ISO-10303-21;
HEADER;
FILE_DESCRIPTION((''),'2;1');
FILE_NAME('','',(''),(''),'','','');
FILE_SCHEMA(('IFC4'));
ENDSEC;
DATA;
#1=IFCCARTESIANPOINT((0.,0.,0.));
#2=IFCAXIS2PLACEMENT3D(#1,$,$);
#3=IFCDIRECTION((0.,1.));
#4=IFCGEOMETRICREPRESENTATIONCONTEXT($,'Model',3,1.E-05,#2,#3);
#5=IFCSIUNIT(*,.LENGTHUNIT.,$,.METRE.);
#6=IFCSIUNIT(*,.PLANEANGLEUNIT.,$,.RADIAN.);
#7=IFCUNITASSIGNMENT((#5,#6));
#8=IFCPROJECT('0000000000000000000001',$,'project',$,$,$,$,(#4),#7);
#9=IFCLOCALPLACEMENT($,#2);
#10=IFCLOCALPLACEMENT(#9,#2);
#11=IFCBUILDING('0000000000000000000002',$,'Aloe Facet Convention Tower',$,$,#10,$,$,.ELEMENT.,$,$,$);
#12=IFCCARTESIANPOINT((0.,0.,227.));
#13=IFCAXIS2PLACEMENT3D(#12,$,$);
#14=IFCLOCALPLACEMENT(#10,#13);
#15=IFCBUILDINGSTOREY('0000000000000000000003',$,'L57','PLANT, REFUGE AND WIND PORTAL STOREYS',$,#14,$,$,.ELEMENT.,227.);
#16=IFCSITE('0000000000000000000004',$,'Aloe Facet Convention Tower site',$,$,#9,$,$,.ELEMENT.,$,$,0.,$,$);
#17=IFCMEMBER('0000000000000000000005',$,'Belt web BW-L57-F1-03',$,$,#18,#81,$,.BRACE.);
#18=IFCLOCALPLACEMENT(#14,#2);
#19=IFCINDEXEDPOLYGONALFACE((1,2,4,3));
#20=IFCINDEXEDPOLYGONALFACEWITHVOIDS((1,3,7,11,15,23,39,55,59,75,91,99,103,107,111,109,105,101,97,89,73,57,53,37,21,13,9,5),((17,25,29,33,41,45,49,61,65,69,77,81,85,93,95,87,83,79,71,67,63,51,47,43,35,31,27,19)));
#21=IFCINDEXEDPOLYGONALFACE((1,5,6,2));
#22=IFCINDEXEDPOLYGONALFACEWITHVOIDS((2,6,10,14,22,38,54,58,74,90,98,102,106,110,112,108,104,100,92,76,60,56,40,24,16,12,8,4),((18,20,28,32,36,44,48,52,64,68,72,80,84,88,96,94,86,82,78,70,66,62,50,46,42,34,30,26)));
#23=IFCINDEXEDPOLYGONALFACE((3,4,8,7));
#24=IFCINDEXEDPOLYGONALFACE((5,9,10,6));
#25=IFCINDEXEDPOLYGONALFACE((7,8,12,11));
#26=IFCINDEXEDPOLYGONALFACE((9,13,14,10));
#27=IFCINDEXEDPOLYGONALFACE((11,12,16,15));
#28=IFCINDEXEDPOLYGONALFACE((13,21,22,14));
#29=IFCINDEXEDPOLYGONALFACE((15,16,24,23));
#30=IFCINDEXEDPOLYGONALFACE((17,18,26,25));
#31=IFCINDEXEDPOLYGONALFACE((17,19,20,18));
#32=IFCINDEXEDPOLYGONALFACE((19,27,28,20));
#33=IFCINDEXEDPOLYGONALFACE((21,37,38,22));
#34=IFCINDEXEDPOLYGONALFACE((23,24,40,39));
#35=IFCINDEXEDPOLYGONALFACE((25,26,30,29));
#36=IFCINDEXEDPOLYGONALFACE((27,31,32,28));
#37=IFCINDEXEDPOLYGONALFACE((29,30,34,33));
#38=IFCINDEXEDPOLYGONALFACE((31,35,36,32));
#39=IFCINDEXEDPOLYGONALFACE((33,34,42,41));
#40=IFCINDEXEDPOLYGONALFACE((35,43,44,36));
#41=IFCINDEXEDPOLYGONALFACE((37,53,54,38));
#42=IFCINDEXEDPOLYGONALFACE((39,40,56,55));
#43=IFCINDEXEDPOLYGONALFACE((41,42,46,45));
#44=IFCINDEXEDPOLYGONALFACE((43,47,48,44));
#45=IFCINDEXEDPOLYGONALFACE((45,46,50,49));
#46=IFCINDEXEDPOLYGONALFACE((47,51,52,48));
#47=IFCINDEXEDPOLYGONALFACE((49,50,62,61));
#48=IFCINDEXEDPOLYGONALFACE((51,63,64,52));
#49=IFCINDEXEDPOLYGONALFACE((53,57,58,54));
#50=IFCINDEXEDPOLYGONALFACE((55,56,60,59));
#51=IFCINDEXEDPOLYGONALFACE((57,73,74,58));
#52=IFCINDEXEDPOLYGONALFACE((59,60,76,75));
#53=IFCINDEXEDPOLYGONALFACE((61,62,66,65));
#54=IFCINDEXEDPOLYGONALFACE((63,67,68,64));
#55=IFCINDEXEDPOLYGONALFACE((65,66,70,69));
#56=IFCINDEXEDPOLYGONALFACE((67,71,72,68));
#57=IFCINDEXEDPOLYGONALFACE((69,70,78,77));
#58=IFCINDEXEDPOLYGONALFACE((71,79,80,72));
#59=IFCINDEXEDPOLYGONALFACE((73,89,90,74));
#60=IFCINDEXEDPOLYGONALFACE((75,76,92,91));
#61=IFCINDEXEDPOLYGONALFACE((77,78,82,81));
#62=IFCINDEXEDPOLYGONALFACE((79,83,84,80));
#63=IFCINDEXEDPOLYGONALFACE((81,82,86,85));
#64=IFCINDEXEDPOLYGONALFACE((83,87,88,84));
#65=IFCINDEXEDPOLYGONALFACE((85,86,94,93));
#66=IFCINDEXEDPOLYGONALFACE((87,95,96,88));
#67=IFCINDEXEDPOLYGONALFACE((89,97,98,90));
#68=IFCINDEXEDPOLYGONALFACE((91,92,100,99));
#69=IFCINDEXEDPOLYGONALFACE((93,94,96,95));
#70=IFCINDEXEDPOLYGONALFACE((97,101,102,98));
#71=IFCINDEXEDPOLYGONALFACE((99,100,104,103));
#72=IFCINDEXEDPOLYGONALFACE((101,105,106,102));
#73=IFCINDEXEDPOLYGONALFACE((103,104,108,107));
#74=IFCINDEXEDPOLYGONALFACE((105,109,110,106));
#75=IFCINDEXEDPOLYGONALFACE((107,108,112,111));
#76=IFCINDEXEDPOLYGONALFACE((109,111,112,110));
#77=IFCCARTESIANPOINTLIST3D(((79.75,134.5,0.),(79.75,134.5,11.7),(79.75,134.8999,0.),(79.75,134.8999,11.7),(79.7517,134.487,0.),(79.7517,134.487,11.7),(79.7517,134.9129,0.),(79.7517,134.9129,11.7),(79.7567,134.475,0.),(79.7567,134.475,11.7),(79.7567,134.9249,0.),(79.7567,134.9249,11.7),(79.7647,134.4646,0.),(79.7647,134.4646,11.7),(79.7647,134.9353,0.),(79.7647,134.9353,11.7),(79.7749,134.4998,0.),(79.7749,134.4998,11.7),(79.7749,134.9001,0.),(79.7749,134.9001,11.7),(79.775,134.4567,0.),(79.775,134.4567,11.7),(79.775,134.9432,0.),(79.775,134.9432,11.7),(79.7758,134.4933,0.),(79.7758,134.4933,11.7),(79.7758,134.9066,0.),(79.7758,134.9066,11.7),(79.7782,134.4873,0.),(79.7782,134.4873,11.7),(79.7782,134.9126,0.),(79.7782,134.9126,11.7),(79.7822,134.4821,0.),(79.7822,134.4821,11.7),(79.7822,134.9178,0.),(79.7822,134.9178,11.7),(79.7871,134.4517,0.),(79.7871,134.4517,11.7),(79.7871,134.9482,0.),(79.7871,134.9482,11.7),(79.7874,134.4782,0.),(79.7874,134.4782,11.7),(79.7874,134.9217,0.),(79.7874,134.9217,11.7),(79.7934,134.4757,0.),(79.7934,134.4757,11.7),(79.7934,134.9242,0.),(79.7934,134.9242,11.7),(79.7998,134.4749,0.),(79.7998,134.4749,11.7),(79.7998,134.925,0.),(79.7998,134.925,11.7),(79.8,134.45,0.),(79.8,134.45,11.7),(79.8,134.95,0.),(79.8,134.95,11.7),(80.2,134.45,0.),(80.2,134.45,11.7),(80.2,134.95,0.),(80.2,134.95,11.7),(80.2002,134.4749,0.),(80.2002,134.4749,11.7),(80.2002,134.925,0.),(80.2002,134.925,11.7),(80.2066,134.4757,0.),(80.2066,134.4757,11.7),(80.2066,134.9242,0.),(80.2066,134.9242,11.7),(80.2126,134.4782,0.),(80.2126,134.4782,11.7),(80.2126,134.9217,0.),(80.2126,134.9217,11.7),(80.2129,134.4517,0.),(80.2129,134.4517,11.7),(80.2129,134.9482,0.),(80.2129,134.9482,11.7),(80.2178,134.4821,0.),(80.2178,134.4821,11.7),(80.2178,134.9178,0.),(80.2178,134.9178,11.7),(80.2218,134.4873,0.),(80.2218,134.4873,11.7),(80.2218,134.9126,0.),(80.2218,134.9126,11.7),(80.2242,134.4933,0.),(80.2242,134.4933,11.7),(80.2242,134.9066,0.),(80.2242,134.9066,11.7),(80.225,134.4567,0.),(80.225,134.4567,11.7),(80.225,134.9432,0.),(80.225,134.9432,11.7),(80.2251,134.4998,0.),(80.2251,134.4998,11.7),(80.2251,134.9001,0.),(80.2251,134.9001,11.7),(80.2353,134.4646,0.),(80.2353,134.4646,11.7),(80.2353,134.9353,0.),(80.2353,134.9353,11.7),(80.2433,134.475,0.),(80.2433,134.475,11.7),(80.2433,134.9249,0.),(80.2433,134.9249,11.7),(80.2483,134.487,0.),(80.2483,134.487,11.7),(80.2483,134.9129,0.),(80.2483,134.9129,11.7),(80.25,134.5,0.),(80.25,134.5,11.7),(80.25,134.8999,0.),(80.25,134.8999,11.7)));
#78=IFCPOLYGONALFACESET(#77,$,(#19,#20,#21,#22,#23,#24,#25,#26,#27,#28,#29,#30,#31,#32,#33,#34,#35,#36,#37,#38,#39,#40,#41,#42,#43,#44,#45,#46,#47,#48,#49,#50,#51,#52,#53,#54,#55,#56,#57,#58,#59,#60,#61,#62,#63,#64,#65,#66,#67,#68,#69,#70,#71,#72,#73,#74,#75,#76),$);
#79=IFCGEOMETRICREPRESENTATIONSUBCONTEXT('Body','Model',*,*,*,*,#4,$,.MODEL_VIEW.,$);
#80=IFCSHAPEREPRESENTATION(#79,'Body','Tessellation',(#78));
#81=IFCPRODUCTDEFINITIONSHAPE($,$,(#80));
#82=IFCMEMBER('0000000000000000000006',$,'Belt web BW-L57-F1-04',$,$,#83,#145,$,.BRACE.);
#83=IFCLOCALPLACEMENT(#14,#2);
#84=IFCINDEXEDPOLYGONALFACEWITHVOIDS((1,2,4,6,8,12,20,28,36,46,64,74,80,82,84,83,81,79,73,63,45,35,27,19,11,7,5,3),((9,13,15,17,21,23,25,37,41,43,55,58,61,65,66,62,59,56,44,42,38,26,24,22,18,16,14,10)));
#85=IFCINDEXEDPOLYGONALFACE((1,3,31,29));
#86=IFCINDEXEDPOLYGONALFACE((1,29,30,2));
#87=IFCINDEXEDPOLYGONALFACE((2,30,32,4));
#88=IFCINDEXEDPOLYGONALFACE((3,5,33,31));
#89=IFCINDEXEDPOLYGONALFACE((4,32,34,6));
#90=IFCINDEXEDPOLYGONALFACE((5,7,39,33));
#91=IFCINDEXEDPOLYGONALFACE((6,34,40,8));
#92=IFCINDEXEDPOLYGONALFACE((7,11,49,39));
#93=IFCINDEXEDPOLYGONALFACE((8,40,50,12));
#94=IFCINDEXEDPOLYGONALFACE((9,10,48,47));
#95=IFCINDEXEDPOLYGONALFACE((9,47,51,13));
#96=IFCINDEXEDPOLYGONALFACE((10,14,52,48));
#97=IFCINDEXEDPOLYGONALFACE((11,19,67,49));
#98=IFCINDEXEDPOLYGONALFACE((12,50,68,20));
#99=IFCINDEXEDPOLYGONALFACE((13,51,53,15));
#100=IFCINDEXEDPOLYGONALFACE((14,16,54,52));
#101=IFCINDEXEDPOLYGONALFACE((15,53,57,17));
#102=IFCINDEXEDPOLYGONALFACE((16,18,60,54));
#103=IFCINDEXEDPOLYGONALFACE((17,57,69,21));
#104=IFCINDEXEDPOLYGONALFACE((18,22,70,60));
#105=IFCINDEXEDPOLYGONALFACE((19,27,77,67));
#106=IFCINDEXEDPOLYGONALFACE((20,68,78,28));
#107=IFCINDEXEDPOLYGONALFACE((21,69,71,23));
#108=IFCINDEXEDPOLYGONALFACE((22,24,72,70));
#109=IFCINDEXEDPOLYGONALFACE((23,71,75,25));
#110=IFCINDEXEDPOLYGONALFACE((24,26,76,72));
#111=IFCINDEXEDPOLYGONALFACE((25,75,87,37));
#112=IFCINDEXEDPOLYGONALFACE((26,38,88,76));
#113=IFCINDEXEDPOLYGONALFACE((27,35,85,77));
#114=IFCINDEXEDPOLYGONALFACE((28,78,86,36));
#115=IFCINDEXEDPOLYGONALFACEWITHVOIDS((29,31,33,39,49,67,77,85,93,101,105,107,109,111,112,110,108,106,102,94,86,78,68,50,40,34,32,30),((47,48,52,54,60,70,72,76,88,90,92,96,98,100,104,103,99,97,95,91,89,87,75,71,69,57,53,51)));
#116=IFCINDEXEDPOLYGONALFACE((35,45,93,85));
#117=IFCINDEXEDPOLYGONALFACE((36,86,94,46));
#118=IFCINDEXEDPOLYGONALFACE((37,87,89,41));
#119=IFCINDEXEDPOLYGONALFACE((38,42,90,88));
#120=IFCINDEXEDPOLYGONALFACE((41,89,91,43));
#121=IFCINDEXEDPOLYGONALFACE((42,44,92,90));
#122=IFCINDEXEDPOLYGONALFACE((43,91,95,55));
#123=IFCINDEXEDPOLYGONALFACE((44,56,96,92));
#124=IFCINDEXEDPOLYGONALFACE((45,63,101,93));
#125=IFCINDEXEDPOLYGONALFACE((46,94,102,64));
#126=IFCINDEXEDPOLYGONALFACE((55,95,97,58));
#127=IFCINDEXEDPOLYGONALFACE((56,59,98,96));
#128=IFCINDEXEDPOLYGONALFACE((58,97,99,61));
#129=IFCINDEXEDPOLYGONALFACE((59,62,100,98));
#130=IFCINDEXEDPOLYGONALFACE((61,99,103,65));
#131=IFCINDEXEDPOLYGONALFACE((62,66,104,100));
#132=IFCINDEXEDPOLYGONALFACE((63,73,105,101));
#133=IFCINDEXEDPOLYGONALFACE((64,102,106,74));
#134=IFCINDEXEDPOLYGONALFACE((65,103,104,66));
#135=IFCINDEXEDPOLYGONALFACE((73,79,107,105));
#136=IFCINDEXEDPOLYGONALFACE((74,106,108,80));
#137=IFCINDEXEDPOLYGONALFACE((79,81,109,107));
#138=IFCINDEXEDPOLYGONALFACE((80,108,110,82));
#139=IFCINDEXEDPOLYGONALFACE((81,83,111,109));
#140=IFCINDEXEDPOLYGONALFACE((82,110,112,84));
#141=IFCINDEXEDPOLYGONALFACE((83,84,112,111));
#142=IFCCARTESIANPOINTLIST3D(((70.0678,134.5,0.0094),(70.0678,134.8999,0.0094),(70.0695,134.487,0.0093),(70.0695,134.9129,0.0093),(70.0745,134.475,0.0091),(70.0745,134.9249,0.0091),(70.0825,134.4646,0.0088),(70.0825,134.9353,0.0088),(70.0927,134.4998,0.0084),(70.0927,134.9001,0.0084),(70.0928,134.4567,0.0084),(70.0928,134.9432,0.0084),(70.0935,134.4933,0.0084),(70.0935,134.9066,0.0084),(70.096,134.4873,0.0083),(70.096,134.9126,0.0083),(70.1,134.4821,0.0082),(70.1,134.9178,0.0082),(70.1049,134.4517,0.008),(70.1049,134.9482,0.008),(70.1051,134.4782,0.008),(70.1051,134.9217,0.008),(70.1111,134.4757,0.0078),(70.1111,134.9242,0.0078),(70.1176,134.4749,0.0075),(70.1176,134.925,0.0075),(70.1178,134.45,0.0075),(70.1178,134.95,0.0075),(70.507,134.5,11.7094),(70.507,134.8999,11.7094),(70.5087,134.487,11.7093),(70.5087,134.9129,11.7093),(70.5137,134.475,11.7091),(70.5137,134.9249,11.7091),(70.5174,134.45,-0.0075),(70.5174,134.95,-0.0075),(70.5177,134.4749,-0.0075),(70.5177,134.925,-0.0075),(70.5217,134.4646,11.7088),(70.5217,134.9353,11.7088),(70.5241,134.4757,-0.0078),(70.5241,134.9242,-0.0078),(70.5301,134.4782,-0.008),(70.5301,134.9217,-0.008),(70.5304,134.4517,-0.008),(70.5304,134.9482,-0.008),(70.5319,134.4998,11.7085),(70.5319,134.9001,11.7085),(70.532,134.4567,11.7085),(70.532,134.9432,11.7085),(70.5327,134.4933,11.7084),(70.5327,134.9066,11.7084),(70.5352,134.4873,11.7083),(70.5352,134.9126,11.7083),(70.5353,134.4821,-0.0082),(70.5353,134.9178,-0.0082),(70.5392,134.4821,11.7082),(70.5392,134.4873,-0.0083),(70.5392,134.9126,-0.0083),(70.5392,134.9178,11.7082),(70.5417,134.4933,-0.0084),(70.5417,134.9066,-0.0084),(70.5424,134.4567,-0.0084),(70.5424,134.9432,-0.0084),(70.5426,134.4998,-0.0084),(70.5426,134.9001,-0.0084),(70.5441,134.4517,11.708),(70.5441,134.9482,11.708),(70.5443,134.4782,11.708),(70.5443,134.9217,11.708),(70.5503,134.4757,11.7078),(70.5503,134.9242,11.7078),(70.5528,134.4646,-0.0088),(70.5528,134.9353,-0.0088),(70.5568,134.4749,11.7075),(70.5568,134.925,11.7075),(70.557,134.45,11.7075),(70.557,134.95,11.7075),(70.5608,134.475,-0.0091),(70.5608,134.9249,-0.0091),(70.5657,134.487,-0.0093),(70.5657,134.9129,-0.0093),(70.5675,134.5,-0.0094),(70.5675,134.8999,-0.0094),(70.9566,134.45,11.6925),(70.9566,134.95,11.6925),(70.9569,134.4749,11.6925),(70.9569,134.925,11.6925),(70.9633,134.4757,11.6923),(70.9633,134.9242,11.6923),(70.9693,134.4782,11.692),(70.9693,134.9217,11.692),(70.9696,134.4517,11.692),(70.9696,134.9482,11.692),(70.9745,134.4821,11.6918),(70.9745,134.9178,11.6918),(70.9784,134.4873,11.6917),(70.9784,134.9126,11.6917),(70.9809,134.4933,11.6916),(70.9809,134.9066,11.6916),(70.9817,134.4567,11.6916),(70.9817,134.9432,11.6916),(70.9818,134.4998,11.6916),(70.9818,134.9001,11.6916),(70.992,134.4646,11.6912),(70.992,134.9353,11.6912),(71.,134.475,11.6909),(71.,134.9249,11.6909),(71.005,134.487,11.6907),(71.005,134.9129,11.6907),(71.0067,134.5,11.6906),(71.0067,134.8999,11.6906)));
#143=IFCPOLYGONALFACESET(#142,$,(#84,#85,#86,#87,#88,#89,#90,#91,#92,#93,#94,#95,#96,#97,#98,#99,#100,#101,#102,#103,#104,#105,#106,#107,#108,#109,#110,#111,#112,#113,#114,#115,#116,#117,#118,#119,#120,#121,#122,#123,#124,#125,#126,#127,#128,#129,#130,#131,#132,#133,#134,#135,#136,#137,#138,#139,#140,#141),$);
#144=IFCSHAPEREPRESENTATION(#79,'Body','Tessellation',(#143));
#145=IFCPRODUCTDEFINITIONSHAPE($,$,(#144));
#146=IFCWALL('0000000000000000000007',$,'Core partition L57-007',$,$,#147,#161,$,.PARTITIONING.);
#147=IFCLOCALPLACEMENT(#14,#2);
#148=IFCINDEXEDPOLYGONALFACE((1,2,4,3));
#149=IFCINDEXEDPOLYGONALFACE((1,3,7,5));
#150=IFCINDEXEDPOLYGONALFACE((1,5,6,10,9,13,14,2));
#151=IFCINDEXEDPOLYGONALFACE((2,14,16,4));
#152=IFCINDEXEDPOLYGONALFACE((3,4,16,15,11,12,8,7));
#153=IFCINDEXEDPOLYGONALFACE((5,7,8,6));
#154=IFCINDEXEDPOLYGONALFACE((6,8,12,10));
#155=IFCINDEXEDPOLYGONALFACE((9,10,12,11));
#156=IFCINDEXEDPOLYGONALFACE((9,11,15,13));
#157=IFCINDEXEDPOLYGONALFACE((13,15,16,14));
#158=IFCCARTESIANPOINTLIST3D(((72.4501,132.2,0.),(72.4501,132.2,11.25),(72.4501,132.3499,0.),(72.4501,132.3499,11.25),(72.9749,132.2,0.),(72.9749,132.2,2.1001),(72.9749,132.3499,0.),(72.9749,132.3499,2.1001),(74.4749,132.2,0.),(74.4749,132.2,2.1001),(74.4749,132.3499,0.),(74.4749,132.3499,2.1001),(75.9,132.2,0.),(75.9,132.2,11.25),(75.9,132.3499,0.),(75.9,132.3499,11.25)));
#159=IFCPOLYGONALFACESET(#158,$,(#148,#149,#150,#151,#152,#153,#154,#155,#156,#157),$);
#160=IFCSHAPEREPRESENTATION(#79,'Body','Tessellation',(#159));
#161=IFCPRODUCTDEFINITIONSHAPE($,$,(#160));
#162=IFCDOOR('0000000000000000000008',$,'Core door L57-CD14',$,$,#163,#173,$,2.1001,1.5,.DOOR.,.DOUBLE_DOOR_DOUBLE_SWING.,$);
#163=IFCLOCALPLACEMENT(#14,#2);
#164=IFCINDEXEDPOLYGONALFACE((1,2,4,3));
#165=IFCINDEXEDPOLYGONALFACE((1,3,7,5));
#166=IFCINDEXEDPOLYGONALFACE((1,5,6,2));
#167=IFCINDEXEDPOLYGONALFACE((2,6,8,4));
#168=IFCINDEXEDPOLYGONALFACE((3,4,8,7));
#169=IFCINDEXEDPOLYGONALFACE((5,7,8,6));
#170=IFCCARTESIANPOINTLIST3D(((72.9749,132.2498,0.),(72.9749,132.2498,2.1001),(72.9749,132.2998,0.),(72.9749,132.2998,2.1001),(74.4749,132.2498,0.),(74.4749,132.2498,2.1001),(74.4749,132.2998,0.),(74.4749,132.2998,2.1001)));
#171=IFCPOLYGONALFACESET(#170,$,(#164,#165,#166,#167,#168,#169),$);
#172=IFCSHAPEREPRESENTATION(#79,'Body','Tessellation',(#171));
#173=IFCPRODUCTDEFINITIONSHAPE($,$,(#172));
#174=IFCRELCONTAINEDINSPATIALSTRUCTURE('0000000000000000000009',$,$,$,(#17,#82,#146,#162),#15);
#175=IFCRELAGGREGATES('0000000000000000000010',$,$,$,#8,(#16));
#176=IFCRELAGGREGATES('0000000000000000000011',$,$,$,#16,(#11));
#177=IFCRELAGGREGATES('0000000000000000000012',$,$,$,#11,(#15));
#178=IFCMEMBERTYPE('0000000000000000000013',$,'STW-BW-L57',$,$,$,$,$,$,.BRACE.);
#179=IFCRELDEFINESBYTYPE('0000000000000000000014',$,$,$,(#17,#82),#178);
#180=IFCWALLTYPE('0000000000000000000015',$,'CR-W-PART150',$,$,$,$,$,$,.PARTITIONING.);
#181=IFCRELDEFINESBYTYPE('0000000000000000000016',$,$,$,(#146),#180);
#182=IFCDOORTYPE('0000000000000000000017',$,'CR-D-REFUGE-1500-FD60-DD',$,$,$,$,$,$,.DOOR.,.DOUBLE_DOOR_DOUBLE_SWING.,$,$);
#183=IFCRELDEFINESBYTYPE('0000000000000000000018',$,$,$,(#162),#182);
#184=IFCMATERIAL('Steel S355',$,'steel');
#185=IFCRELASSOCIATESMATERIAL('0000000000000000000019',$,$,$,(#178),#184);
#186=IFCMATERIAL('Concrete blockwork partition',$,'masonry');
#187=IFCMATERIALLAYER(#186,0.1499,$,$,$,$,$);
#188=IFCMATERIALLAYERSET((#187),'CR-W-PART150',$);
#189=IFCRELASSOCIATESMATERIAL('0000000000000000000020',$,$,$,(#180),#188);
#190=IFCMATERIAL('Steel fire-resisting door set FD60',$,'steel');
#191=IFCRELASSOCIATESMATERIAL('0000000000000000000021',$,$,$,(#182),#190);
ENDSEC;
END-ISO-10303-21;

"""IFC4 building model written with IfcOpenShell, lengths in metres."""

from ifc_helpers import new_model, si_unit, direction, frame, frame_2d, origin, origin_2d, place, context, subcontext, project, spatial, rectangle, hollow_rectangle, extrude, material, layer, layer_set, material_profile, profile_set, type_object, element, fill, save


model = new_model("IFC4")

# Units and contexts
model_context = context("Model", 3, precision=1e-05, world=origin(), true_north=direction((0.0, 1.0)))
body_context = subcontext(model_context, "Body", "Model", "MODEL_VIEW")
ifc_project = project(units=[si_unit("LENGTHUNIT", "METRE"), si_unit("PLANEANGLEUNIT", "RADIAN")], contexts=[model_context])

# Site, building, storey
site_placement = place(None, origin())
site = spatial("IfcSite", under=ifc_project, at=site_placement, Name="Aloe Facet Convention Tower site", CompositionType="ELEMENT", RefElevation=0.0)
building_placement = place(site_placement, origin())
building = spatial("IfcBuilding", under=site, at=building_placement, Name="Aloe Facet Convention Tower", CompositionType="ELEMENT")
storey_placement = place(building_placement, frame((0.0, 0.0, 227.0)))
storey = spatial("IfcBuildingStorey", under=building, at=storey_placement, Name="L57", Description="PLANT, REFUGE AND WIND PORTAL STOREYS", CompositionType="ELEMENT", Elevation=227.0)

# Members
ifc_material_1 = material(Name="Steel S355", Category="steel")
ifc_material_profile = material_profile(ifc_material_1, hollow_rectangle(XDim=0.5, YDim=0.5, WallThickness=0.0249, InnerFilletRadius=0.0249, OuterFilletRadius=0.05, at=origin_2d()), Name="SHS 500x500x25")
ifc_profile_set = profile_set([ifc_material_profile], Name="Steel S355")
member_type = type_object("IfcMemberType", Name="STW-BW-L57", PredefinedType="BRACE", material=ifc_profile_set)
member_1_placement = place(storey_placement, frame((80.0, 134.7, 0.0), z_axis=(0.0, 0.0, 1.0), x_axis=(1.0, 0.0, 0.0)))
element("IfcMember", 1, at=member_1_placement, inside=storey, type_object=member_type, Name="Belt web BW-L57-F1-03", PredefinedType="BRACE", context=body_context, shape_type="SweptSolid", body=[
    extrude(hollow_rectangle(XDim=0.5, YDim=0.5, WallThickness=0.0249, InnerFilletRadius=0.0249, OuterFilletRadius=0.05, at=origin_2d()), origin(), (0.0, 0.0, 1.0), 11.7),
])
member_2_placement = place(storey_placement, frame((70.3176, 134.7, 0.0), z_axis=(0.037513, 0.0, 0.999296), x_axis=(0.0, 1.0, 0.0)))
element("IfcMember", 2, at=member_2_placement, inside=storey, type_object=member_type, Name="Belt web BW-L57-F1-04", PredefinedType="BRACE", context=body_context, shape_type="SweptSolid", body=[
    extrude(hollow_rectangle(XDim=0.5, YDim=0.5, WallThickness=0.0249, InnerFilletRadius=0.0249, OuterFilletRadius=0.05, at=origin_2d()), origin(), (0.0, 0.0, 1.0), 11.7083),
])

# Wall, opening, door
ifc_material_2 = material(Name="Concrete blockwork partition", Category="masonry")
ifc_layer_1 = layer(ifc_material_2, 0.1499)
ifc_layer_set_1 = layer_set([ifc_layer_1], Name="CR-W-PART150")
wall_type_1 = type_object("IfcWallType", Name="CR-W-PART150", PredefinedType="PARTITIONING", material=ifc_layer_set_1)
wall_1_placement = place(storey_placement, frame((72.45, 132.2749, 0.0), z_axis=(0.0, 0.0, 1.0), x_axis=(1.0, 0.0, 0.0)))
wall_1 = element("IfcWall", 3, at=wall_1_placement, inside=storey, type_object=wall_type_1, Name="Core partition L57-007", PredefinedType="PARTITIONING", context=body_context, shape_type="SweptSolid", body=[
    extrude(rectangle(XDim=3.45, YDim=0.1499, at=frame_2d((1.7251, 0.0))), origin(), (0.0, 0.0, 1.0), 11.25),
])
opening_1_placement = place(wall_1_placement, frame((0.5249, 0.0, 0.0)))
opening_1 = element("IfcOpeningElement", 4, at=opening_1_placement, cuts=wall_1, PredefinedType="OPENING", context=body_context, shape_type="SweptSolid", body=[
    extrude(rectangle(XDim=1.5, YDim=2.1001, at=frame_2d((0.75, 1.05))), frame((0.0, 0.085, 0.0), z_axis=(0.0, -1.0, 0.0), x_axis=(1.0, 0.0, 0.0)), (0.0, 0.0, 1.0), 0.1699),
])
ifc_material_3 = material(Name="Steel fire-resisting door set FD60", Category="steel")
door_type_1 = type_object("IfcDoorType", Name="CR-D-REFUGE-1500-FD60-DD", OperationType="DOUBLE_DOOR_DOUBLE_SWING", PredefinedType="DOOR", material=ifc_material_3)
door_1_placement = place(opening_1_placement, origin())
door_1 = element("IfcDoor", 5, at=door_1_placement, inside=storey, type_object=door_type_1, Name="Core door L57-CD14", OperationType="DOUBLE_DOOR_DOUBLE_SWING", OverallHeight=2.1001, OverallWidth=1.5, PredefinedType="DOOR", context=body_context, shape_type="SweptSolid", body=[
    extrude(rectangle(XDim=1.5, YDim=2.1001, at=frame_2d((0.75, 1.05))), frame((0.0, 0.0249, 0.0), z_axis=(0.0, -1.0, 0.0), x_axis=(1.0, 0.0, 0.0)), (0.0, 0.0, 1.0), 0.05),
])
fill(opening_1, door_1)

save(model, "model.ifc")
